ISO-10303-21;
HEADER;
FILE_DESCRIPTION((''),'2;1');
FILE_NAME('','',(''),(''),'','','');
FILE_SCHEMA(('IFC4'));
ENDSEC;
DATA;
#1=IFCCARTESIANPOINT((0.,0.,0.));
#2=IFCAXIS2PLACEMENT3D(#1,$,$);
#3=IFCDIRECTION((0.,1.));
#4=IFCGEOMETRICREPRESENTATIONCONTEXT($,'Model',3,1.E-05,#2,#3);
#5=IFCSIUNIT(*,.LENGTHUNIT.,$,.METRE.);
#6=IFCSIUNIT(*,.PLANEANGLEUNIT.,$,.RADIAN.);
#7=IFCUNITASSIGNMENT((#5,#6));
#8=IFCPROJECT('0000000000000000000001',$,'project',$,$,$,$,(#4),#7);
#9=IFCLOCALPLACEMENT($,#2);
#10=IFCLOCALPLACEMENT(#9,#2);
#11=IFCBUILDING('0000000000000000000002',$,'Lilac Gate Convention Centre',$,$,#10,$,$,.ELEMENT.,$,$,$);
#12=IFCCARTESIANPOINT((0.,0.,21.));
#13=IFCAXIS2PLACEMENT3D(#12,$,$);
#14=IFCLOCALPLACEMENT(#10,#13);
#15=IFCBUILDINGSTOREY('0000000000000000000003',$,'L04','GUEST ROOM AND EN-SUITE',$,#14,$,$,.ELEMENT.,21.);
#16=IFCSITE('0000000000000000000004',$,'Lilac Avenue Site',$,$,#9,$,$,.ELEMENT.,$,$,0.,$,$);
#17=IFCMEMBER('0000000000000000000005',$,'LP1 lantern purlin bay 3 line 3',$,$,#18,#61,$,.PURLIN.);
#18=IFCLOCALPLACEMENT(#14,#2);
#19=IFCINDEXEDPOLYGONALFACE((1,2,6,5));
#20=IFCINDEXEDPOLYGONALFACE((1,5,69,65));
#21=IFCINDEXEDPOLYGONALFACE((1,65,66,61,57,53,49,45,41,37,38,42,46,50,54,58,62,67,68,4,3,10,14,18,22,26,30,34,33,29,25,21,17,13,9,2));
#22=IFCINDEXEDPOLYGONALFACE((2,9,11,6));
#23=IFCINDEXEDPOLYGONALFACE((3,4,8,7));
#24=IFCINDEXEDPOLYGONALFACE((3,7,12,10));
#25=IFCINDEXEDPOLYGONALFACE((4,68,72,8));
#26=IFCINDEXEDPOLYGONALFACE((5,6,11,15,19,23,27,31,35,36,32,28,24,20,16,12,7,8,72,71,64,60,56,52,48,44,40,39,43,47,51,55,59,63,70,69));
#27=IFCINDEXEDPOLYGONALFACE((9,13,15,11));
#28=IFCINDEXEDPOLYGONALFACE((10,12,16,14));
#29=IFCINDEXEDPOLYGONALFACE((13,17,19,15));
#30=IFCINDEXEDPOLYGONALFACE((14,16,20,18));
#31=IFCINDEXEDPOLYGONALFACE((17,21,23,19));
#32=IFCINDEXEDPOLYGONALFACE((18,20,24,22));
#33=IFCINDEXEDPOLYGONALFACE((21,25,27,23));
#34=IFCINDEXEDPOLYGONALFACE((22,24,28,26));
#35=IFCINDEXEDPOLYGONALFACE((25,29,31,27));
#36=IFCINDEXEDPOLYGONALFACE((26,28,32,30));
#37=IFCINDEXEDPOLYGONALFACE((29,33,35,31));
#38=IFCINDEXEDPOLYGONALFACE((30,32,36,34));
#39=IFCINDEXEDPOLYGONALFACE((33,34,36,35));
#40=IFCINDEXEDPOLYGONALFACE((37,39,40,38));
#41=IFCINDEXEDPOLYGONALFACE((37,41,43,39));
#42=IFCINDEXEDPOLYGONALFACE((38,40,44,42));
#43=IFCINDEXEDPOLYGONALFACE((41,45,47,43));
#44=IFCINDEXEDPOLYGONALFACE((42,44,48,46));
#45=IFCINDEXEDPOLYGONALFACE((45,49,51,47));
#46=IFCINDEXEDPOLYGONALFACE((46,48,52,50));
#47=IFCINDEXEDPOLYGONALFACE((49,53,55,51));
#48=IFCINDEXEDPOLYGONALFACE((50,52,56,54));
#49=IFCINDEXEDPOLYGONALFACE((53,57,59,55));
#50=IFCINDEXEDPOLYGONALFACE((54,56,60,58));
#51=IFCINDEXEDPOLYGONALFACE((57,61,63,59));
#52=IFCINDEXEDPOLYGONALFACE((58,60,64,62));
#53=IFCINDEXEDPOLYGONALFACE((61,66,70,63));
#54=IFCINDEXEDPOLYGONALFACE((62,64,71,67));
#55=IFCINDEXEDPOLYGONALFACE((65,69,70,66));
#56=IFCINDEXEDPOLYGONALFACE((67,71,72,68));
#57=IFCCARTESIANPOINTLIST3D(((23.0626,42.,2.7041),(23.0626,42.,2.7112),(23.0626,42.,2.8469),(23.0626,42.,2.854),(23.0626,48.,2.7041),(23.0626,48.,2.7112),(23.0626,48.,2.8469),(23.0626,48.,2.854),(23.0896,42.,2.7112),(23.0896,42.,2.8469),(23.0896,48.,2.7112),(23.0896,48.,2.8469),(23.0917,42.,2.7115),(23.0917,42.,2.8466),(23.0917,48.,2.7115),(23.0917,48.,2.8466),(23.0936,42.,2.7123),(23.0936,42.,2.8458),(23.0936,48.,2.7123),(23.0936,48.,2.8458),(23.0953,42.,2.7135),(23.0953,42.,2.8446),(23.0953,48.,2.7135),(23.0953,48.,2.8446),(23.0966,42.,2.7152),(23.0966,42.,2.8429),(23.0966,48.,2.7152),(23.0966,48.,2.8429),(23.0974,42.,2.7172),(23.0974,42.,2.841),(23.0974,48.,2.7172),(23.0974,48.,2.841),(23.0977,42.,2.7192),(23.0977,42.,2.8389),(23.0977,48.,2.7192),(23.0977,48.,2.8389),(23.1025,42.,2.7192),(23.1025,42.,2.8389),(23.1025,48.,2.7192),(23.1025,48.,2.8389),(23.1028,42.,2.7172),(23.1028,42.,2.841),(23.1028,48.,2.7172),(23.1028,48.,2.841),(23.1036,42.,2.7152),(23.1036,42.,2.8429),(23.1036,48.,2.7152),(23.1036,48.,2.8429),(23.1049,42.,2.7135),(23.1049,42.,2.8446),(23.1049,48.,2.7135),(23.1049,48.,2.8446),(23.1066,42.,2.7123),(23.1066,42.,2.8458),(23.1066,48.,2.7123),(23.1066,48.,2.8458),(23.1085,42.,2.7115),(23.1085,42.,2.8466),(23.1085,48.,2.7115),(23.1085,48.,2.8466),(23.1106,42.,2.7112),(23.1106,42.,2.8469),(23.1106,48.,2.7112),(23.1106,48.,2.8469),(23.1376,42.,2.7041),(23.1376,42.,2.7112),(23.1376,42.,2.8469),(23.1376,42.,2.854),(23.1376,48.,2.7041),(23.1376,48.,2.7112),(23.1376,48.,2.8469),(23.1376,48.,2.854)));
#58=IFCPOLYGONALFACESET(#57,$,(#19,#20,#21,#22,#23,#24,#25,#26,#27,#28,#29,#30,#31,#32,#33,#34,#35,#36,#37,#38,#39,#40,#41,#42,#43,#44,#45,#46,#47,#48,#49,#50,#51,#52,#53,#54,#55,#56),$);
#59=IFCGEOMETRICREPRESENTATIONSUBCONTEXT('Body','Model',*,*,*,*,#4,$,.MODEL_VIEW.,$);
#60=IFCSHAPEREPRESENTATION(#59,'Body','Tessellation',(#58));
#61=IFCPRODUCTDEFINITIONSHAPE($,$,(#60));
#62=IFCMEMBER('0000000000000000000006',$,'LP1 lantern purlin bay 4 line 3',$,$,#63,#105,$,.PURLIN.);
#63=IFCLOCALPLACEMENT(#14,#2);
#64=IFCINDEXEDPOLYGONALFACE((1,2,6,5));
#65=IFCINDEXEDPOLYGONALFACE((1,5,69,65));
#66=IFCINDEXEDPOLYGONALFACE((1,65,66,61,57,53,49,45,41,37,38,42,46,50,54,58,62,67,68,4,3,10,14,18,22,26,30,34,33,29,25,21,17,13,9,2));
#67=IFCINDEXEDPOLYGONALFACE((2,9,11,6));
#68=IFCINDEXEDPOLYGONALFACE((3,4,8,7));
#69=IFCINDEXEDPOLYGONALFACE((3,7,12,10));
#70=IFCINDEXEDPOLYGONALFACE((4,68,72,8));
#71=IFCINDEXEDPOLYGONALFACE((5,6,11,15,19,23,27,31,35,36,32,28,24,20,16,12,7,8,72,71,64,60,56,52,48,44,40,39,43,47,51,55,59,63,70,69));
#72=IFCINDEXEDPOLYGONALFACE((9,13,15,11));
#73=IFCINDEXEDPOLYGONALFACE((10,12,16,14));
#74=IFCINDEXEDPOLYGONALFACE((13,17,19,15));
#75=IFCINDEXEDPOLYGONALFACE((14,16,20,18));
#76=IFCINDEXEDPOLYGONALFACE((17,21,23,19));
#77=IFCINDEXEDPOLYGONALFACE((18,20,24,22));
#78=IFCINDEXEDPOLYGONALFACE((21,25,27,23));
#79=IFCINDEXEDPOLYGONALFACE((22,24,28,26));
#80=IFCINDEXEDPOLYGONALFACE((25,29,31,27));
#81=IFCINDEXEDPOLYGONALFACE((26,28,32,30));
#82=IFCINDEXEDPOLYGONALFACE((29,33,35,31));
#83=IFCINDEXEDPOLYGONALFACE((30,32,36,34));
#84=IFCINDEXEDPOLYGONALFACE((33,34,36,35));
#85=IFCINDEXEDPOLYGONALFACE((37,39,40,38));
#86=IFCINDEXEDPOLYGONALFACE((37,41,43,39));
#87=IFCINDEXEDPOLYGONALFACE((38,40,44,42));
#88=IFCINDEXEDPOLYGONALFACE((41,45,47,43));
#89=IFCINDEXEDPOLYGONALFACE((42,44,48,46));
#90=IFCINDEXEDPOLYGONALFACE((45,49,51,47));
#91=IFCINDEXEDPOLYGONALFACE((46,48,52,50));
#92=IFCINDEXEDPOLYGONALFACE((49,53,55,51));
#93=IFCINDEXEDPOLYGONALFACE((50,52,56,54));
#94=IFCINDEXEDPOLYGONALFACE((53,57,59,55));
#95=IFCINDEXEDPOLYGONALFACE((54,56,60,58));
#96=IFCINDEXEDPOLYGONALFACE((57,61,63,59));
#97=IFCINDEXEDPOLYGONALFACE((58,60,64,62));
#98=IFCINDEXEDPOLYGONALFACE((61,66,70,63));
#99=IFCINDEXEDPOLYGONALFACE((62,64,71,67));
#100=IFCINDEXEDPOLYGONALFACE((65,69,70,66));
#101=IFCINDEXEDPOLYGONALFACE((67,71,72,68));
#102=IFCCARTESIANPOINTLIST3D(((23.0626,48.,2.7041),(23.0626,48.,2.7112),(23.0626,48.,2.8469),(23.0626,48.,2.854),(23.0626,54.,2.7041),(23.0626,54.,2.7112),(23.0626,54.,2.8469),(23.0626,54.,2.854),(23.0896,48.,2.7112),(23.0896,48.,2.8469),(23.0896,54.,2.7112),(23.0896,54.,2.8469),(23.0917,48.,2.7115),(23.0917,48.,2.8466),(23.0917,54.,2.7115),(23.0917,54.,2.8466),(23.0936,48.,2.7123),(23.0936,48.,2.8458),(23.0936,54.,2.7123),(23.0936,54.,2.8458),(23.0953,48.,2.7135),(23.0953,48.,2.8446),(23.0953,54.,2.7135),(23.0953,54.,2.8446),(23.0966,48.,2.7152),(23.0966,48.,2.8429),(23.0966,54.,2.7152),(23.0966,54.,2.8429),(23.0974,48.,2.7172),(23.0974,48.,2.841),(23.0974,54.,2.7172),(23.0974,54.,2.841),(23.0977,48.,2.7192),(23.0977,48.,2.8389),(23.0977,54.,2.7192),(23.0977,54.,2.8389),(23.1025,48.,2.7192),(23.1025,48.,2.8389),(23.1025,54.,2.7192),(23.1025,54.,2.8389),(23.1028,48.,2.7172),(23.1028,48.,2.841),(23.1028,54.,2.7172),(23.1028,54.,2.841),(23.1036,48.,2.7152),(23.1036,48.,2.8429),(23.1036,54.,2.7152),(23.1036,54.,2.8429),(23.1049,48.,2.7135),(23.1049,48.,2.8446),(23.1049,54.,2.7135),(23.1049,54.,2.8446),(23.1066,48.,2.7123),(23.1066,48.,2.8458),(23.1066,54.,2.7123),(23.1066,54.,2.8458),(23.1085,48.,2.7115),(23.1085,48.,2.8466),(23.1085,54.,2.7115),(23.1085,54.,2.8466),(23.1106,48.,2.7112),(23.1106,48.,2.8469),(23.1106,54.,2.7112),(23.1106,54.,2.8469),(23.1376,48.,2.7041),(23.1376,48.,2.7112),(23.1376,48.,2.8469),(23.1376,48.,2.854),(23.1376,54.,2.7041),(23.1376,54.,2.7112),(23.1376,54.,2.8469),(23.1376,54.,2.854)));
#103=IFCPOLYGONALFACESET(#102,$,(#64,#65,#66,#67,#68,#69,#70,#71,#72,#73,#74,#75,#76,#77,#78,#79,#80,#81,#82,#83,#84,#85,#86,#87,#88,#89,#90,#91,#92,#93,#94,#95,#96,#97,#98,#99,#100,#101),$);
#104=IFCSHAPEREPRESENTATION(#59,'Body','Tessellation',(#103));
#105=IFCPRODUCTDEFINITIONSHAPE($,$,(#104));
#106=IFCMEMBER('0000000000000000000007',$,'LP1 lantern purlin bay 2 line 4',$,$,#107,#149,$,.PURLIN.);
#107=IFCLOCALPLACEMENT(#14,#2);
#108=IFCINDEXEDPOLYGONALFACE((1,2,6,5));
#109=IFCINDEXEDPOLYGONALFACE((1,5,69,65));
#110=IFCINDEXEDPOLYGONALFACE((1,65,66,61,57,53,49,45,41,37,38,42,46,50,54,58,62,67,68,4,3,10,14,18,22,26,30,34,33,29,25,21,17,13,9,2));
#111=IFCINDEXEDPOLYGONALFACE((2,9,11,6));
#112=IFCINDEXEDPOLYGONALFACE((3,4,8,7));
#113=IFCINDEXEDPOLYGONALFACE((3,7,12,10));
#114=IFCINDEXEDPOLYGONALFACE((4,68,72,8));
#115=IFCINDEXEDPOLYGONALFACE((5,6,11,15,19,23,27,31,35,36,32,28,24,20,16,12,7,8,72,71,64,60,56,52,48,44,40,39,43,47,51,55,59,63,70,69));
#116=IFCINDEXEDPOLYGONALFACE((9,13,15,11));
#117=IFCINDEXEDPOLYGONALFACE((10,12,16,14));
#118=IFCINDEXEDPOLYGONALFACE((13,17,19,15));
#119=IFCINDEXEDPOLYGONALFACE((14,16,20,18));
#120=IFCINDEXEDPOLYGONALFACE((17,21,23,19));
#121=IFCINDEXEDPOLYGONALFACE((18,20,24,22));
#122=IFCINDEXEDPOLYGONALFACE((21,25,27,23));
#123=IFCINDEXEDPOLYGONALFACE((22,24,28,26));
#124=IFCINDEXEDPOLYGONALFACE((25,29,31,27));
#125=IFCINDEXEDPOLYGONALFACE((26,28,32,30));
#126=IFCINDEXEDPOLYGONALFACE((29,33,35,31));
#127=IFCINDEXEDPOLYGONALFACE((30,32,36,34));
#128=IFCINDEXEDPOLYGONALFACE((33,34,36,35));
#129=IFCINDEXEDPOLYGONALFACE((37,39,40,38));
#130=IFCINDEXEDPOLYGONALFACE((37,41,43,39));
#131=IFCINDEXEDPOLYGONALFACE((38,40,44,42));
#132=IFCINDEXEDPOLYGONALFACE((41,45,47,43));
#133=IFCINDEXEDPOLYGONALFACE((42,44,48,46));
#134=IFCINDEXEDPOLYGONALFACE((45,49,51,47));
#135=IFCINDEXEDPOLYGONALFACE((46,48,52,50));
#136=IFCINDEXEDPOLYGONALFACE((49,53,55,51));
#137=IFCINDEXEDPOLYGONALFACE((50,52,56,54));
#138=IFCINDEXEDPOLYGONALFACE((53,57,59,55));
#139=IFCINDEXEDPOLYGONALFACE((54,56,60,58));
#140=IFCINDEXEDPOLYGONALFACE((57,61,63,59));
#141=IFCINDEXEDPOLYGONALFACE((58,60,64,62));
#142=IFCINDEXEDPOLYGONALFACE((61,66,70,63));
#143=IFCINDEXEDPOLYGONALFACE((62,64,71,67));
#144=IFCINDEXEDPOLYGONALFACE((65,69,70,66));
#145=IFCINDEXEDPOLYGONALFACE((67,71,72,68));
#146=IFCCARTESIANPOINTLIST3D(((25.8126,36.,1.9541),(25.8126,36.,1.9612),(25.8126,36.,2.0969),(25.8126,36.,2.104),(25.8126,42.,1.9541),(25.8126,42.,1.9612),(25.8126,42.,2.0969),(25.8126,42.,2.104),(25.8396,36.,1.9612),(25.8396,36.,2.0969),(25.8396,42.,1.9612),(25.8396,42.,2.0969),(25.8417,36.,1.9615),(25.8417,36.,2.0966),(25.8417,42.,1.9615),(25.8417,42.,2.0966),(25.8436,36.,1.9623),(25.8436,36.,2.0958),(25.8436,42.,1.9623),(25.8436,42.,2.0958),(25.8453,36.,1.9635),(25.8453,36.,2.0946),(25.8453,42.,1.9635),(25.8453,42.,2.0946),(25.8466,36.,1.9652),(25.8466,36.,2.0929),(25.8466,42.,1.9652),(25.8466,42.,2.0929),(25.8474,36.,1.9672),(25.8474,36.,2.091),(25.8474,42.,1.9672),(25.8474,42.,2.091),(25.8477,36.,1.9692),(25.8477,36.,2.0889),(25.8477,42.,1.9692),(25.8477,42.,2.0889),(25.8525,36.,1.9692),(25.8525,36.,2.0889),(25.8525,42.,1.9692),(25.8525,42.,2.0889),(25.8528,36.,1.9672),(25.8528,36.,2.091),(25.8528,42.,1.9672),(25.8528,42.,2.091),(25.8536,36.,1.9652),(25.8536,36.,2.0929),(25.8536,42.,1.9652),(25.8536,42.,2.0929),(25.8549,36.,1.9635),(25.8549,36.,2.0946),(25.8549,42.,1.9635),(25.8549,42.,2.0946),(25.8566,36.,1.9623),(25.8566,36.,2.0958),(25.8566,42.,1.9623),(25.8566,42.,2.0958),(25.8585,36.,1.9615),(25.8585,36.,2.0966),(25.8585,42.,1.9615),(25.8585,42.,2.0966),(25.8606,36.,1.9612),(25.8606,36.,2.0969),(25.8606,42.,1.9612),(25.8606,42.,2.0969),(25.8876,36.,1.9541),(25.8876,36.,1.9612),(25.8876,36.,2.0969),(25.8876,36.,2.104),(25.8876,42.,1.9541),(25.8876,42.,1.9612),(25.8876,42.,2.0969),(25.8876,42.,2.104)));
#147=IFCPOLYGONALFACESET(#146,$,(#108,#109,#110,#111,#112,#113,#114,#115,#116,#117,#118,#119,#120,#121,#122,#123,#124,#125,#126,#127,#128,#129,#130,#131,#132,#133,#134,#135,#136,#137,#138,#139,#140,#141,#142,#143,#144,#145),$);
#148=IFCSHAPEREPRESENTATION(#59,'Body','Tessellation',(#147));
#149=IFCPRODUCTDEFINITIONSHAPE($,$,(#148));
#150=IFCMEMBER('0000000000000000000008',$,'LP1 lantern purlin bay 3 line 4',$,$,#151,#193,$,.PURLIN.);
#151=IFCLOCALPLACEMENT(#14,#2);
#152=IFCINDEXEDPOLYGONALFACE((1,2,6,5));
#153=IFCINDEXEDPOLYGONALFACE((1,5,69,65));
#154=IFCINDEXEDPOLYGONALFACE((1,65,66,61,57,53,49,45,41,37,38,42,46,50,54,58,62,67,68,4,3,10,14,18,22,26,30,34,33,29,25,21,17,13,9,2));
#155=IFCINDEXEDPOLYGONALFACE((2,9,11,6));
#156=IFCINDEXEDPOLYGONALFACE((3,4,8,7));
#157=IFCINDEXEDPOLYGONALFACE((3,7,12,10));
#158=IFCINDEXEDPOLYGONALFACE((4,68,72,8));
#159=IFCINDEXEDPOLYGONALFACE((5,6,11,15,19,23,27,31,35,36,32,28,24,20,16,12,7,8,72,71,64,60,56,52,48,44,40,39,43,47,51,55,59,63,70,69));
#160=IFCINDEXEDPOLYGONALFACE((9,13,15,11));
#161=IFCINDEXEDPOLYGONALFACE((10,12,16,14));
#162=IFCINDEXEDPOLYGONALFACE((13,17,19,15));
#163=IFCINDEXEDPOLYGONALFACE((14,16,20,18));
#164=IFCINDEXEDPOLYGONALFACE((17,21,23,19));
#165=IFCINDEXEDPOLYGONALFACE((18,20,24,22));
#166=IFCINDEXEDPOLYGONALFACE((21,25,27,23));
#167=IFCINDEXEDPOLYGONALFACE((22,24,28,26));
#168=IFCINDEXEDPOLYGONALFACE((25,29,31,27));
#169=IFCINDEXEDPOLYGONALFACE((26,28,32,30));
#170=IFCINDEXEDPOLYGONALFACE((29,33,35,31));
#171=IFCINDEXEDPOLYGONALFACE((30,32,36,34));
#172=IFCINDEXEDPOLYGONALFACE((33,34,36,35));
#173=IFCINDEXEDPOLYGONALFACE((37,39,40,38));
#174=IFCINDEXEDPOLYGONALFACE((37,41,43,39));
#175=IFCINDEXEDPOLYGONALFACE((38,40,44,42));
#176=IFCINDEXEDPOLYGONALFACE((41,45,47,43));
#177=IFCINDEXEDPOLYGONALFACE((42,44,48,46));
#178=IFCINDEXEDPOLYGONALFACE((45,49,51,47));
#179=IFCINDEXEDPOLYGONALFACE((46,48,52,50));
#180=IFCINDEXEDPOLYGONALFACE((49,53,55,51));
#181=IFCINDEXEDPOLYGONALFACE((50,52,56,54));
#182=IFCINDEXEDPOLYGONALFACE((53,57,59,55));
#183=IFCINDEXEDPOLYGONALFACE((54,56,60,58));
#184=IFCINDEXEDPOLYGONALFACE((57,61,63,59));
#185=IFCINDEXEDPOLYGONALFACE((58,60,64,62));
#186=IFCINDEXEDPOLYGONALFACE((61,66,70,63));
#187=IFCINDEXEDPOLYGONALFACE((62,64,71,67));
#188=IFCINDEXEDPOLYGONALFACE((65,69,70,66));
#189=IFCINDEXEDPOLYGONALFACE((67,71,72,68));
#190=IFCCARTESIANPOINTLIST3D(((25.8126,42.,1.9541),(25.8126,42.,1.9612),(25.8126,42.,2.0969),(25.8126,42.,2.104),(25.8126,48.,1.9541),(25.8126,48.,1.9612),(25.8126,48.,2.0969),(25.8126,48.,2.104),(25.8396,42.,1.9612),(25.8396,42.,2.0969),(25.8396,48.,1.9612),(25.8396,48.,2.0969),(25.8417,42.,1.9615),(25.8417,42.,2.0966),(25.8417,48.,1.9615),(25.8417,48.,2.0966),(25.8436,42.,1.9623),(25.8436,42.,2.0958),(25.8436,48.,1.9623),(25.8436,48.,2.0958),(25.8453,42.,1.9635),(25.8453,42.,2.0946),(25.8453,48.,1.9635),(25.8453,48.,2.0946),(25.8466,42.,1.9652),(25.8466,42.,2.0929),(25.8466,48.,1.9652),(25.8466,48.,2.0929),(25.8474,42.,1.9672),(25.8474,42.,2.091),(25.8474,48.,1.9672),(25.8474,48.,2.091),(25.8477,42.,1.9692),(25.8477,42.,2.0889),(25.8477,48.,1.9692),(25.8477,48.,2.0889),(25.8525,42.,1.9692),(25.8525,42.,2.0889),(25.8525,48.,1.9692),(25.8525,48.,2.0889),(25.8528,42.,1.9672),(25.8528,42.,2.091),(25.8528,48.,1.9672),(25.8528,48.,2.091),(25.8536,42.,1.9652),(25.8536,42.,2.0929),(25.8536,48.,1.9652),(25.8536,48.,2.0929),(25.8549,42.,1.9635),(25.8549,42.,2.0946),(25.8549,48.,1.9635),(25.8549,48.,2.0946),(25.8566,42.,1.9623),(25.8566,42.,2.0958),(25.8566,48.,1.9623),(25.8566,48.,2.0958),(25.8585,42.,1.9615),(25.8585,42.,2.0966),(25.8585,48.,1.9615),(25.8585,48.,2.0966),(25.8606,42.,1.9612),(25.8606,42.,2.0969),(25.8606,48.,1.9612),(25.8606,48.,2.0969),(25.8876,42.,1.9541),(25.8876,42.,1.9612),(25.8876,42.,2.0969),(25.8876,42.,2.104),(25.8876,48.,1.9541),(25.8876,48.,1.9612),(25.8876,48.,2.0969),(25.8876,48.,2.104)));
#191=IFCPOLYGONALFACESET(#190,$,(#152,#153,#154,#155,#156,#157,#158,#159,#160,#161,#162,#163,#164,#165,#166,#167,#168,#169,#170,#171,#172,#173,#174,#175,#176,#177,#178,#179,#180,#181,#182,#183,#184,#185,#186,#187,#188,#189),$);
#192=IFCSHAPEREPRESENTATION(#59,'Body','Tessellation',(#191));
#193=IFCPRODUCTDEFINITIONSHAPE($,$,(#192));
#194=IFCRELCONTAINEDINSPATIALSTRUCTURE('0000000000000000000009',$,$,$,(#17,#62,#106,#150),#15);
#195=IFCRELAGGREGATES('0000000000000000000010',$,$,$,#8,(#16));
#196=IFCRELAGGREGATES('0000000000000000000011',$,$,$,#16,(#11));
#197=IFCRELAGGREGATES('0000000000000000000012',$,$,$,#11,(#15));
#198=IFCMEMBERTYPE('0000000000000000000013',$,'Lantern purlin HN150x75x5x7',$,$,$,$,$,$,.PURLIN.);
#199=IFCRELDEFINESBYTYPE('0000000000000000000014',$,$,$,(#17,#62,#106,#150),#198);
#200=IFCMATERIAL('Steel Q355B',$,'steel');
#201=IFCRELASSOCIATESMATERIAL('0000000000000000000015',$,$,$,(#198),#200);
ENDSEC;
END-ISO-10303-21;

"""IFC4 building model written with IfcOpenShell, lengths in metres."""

from ifc_helpers import new_model, si_unit, direction, frame, origin, origin_2d, place, context, subcontext, project, spatial, i_section, extrude, material, material_profile, profile_set, type_object, element, save


model = new_model("IFC4")

# Units and contexts
model_context = context("Model", 3, precision=1e-05, world=origin(), true_north=direction((0.0, 1.0)))
body_context = subcontext(model_context, "Body", "Model", "MODEL_VIEW")
ifc_project = project(units=[si_unit("LENGTHUNIT", "METRE"), si_unit("PLANEANGLEUNIT", "RADIAN")], contexts=[model_context])

# Site, building, storey
site_placement = place(None, origin())
site = spatial("IfcSite", under=ifc_project, at=site_placement, Name="Lilac Avenue Site", CompositionType="ELEMENT", RefElevation=0.0)
building_placement = place(site_placement, origin())
building = spatial("IfcBuilding", under=site, at=building_placement, Name="Lilac Gate Convention Centre", CompositionType="ELEMENT")
storey_placement = place(building_placement, frame((0.0, 0.0, 21.0)))
storey = spatial("IfcBuildingStorey", under=building, at=storey_placement, Name="L04", Description="GUEST ROOM AND EN-SUITE", CompositionType="ELEMENT", Elevation=21.0)

# Members
ifc_material_1 = material(Name="Steel Q355B", Category="steel")
ifc_material_profile_1 = material_profile(ifc_material_1, i_section(OverallWidth=0.075, OverallDepth=0.1499, WebThickness=0.0049, FlangeThickness=0.0071, FilletRadius=0.0081, at=origin_2d()), Name="HN150x75x5x7")
ifc_profile_set_1 = profile_set([ifc_material_profile_1], Name="Steel Q355B")
member_type_1 = type_object("IfcMemberType", Name="Lantern purlin HN150x75x5x7", PredefinedType="PURLIN", material=ifc_profile_set_1)
for number, where, z_axis, x_axis, name in (
    (1, (23.1001, 42.0, 2.7791), (0.0, 1.0, 0.0), (-1.0, 0.0, 0.0), "LP1 lantern purlin bay 3 line 3"),
    (2, (23.1001, 48.0, 2.7791), (0.0, 1.0, 0.0), (-1.0, 0.0, 0.0), "LP1 lantern purlin bay 4 line 3"),
    (3, (25.8501, 36.0, 2.0291), (0.0, 1.0, 0.0), (-1.0, 0.0, 0.0), "LP1 lantern purlin bay 2 line 4"),
    (4, (25.8501, 42.0, 2.0291), (0.0, 1.0, 0.0), (-1.0, 0.0, 0.0), "LP1 lantern purlin bay 3 line 4"),
):
    element("IfcMember", number, at=place(storey_placement, frame(where, z_axis=z_axis, x_axis=x_axis)), inside=storey, type_object=member_type_1, Name=name, PredefinedType="PURLIN", context=body_context, shape_type="SweptSolid", body=[
        extrude(i_section(OverallWidth=0.075, OverallDepth=0.1499, WebThickness=0.0049, FlangeThickness=0.0071, FilletRadius=0.0081, at=origin_2d()), origin(), (0.0, 0.0, 1.0), 6.0),
    ])

save(model, "model.ifc")
